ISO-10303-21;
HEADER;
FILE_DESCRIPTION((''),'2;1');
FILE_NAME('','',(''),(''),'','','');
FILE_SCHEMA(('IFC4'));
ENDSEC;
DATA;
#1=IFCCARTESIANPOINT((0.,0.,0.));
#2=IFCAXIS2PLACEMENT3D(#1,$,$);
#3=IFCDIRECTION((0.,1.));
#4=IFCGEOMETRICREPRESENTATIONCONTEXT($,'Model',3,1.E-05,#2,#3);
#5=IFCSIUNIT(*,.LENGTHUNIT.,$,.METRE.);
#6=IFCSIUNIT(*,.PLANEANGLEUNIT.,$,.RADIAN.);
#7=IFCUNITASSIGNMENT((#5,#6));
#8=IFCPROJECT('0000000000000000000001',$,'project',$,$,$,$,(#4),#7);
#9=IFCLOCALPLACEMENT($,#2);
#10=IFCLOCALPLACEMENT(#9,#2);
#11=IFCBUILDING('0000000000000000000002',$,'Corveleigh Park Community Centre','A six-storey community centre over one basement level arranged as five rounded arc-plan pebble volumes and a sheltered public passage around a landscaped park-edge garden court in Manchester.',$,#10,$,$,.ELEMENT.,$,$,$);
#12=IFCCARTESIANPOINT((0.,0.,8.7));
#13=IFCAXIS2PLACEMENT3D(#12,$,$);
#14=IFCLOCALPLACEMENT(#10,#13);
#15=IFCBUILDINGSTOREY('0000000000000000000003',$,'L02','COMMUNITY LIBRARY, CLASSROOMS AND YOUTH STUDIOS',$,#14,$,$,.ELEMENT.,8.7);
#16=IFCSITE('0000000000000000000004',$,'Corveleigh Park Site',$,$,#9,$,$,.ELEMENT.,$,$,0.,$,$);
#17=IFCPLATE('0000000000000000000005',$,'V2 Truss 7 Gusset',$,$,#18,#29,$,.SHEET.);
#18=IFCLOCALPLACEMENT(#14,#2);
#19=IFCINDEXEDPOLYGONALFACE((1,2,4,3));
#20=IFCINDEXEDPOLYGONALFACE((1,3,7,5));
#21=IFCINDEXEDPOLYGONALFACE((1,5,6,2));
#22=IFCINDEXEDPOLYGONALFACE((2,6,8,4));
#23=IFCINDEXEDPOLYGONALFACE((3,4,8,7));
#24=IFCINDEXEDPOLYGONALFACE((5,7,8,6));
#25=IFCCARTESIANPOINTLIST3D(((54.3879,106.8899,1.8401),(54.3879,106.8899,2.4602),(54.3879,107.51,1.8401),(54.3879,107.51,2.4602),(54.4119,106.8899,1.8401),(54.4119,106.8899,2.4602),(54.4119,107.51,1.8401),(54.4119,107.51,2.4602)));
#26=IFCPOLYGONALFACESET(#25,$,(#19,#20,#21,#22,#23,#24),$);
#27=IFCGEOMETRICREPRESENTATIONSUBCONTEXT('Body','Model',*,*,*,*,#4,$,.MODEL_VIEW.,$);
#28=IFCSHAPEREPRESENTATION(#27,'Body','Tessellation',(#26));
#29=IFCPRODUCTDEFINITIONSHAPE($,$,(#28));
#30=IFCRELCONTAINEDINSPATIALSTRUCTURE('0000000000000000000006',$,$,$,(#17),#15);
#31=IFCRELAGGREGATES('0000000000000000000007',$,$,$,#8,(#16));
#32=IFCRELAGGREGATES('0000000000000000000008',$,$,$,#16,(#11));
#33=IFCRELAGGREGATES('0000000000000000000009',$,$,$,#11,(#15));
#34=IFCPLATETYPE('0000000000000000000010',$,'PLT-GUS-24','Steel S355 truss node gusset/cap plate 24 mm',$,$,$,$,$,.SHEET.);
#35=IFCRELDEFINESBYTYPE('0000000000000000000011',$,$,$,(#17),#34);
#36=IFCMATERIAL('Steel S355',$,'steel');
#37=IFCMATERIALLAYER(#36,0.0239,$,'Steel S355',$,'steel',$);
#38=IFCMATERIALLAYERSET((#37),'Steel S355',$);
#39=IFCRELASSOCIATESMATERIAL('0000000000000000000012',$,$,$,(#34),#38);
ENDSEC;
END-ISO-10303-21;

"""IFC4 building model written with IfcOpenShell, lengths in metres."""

from ifc_helpers import new_model, si_unit, direction, frame, origin, origin_2d, place, context, subcontext, project, spatial, rectangle, extrude, material, layer, layer_set, type_object, element, save


model = new_model("IFC4")

# Units and contexts
model_context = context("Model", 3, precision=1e-05, world=origin(), true_north=direction((0.0, 1.0)))
body_context = subcontext(model_context, "Body", "Model", "MODEL_VIEW")
ifc_project = project(units=[si_unit("LENGTHUNIT", "METRE"), si_unit("PLANEANGLEUNIT", "RADIAN")], contexts=[model_context])

# Site, building, storey
site_placement = place(None, origin())
site = spatial("IfcSite", under=ifc_project, at=site_placement, Name="Corveleigh Park Site", CompositionType="ELEMENT", RefElevation=0.0)
building_placement = place(site_placement, origin())
building = spatial("IfcBuilding", under=site, at=building_placement, Name="Corveleigh Park Community Centre", Description="A six-storey community centre over one basement level arranged as five rounded arc-plan pebble volumes and a sheltered public passage around a landscaped park-edge garden court in Manchester.", CompositionType="ELEMENT")
storey_placement = place(building_placement, frame((0.0, 0.0, 8.7)))
storey = spatial("IfcBuildingStorey", under=building, at=storey_placement, Name="L02", Description="COMMUNITY LIBRARY, CLASSROOMS AND YOUTH STUDIOS", CompositionType="ELEMENT", Elevation=8.7)

# Shared definitions
ifc_material_1 = material(Name="Steel S355", Category="steel")

# Plate
ifc_layer_1 = layer(ifc_material_1, 0.0239, Name="Steel S355", Category="steel")
ifc_layer_set_1 = layer_set([ifc_layer_1], Name="Steel S355")
plate_type_1 = type_object("IfcPlateType", Name="PLT-GUS-24", Description="Steel S355 truss node gusset/cap plate 24 mm", PredefinedType="SHEET", material=ifc_layer_set_1)
plate_1_placement = place(storey_placement, frame((54.3999, 107.2, 1.8401), z_axis=(0.0, 0.0, 1.0), x_axis=(0.0, 1.0, 0.0)))
element("IfcPlate", 1, at=plate_1_placement, inside=storey, type_object=plate_type_1, Name="V2 Truss 7 Gusset", PredefinedType="SHEET", context=body_context, shape_type="SweptSolid", body=[
    extrude(rectangle(XDim=0.6201, YDim=0.0239, at=origin_2d()), origin(), (0.0, 0.0, 1.0), 0.6201),
])

save(model, "model.ifc")
